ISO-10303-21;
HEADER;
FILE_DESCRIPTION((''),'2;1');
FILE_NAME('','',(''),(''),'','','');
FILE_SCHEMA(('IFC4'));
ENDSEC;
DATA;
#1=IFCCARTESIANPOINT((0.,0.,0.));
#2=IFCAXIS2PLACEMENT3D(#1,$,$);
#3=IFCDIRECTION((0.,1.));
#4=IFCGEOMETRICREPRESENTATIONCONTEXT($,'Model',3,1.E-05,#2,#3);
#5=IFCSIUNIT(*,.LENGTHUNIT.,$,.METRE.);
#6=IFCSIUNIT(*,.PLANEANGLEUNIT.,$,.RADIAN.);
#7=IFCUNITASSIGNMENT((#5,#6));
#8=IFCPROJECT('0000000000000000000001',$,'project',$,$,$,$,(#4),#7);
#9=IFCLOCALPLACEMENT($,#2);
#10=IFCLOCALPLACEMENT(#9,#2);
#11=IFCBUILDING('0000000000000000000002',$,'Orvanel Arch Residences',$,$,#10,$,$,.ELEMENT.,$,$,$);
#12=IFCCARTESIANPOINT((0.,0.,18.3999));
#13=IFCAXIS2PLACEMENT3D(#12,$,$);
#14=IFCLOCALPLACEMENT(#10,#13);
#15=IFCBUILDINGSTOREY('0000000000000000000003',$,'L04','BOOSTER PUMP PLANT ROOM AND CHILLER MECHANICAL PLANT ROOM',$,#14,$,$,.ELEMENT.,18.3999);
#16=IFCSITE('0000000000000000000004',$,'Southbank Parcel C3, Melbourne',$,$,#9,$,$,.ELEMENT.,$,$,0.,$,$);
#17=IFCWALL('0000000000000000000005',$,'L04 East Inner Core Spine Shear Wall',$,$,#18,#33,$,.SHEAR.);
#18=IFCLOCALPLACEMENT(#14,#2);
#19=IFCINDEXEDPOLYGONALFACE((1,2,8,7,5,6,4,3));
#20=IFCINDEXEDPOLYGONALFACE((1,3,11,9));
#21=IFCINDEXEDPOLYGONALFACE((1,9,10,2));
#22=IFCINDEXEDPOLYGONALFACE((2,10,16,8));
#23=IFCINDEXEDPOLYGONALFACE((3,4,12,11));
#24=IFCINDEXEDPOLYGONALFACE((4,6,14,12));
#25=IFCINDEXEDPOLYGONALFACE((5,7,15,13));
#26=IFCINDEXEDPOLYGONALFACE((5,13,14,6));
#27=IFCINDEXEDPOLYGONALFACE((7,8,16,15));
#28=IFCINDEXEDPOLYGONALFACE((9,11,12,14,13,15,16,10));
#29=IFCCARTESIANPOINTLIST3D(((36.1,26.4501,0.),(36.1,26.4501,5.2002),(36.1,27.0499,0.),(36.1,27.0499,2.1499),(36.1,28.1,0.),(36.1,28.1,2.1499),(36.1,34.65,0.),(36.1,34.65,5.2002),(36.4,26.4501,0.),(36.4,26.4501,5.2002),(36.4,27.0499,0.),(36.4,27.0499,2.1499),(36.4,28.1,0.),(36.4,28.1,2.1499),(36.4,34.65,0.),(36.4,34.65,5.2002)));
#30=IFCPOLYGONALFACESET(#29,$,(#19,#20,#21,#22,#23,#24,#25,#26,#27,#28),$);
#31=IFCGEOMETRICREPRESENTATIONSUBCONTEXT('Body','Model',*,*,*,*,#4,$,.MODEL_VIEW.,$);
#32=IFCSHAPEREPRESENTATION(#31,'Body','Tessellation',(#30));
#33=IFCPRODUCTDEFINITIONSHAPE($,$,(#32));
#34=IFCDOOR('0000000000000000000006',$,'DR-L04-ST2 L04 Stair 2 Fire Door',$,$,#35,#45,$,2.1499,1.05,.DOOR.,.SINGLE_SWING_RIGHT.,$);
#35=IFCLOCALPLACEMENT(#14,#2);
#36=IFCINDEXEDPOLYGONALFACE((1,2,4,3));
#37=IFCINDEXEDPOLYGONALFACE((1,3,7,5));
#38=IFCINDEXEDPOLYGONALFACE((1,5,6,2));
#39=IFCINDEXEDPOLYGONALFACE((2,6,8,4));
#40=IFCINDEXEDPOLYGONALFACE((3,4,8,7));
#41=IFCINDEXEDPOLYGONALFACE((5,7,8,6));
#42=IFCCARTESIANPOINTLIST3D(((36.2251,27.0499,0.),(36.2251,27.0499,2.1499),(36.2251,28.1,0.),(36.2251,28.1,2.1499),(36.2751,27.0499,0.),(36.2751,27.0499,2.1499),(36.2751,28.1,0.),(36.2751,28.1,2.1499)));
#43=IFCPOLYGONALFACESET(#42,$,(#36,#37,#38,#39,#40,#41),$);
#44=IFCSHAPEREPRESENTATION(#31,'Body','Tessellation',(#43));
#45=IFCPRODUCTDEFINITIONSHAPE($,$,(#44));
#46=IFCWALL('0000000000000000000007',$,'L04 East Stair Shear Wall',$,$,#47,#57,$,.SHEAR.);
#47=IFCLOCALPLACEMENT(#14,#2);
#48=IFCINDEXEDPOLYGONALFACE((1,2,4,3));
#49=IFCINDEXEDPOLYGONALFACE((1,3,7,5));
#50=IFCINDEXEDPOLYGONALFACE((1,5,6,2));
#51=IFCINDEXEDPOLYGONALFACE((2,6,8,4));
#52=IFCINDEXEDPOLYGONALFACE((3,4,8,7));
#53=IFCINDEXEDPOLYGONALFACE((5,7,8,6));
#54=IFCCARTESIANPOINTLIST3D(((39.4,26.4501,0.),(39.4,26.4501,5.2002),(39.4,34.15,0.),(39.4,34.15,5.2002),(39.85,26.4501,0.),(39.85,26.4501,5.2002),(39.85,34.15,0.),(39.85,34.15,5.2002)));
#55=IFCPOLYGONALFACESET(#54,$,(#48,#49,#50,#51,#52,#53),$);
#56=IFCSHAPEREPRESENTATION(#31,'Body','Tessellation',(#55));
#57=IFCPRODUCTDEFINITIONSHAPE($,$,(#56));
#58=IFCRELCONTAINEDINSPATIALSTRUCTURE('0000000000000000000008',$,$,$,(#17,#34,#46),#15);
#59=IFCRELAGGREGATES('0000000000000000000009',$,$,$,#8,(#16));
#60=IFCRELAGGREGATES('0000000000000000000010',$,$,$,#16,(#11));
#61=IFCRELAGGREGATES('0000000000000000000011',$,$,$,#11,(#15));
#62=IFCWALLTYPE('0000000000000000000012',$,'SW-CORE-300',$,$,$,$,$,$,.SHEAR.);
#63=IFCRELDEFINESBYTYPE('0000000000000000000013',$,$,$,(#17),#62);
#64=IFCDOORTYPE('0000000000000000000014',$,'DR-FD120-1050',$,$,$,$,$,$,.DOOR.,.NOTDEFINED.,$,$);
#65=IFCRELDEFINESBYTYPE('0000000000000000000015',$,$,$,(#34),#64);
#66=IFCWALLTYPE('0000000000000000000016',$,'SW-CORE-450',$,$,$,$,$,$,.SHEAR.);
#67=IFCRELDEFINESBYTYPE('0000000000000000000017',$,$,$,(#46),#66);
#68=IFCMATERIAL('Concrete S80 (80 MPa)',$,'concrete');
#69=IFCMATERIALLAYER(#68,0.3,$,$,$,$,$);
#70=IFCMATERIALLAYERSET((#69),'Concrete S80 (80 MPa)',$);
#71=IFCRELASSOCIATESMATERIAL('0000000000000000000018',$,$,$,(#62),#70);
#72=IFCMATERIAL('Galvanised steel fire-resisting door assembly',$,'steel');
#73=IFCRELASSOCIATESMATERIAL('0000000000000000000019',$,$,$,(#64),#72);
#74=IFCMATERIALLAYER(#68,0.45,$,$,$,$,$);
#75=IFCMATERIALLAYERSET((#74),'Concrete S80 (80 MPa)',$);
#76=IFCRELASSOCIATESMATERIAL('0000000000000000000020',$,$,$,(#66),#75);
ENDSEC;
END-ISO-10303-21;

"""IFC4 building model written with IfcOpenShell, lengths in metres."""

from ifc_helpers import new_model, si_unit, direction, frame, frame_2d, origin, place, context, subcontext, project, spatial, rectangle, extrude, material, layer, layer_set, type_object, element, fill, save


model = new_model("IFC4")

# Units and contexts
model_context = context("Model", 3, precision=1e-05, world=origin(), true_north=direction((0.0, 1.0)))
body_context = subcontext(model_context, "Body", "Model", "MODEL_VIEW")
ifc_project = project(units=[si_unit("LENGTHUNIT", "METRE"), si_unit("PLANEANGLEUNIT", "RADIAN")], contexts=[model_context])

# Site, building, storey
site_placement = place(None, origin())
site = spatial("IfcSite", under=ifc_project, at=site_placement, Name="Southbank Parcel C3, Melbourne", CompositionType="ELEMENT", RefElevation=0.0)
building_placement = place(site_placement, origin())
building = spatial("IfcBuilding", under=site, at=building_placement, Name="Orvanel Arch Residences", CompositionType="ELEMENT")
storey_placement = place(building_placement, frame((0.0, 0.0, 18.3999)))
storey = spatial("IfcBuildingStorey", under=building, at=storey_placement, Name="L04", Description="BOOSTER PUMP PLANT ROOM AND CHILLER MECHANICAL PLANT ROOM", CompositionType="ELEMENT", Elevation=18.3999)

# Wall, opening, door
ifc_material_1 = material(Name="Concrete S80 (80 MPa)", Category="concrete")
ifc_layer_1 = layer(ifc_material_1, 0.3)
ifc_layer_set_1 = layer_set([ifc_layer_1], Name="Concrete S80 (80 MPa)")
wall_type_1 = type_object("IfcWallType", Name="SW-CORE-300", PredefinedType="SHEAR", material=ifc_layer_set_1)
wall_1_placement = place(storey_placement, frame((36.25, 26.45, 0.0), z_axis=(0.0, 0.0, 1.0), x_axis=(0.0, 1.0, 0.0)))
wall_1 = element("IfcWall", 1, at=wall_1_placement, inside=storey, type_object=wall_type_1, Name="L04 East Inner Core Spine Shear Wall", PredefinedType="SHEAR", context=body_context, shape_type="SweptSolid", body=[
    extrude(rectangle(XDim=8.2, YDim=0.3, at=frame_2d((4.1001, 0.0))), origin(), (0.0, 0.0, 1.0), 5.2002),
])
opening_placement = place(wall_1_placement, frame((0.6001, 0.0, 0.0)))
opening = element("IfcOpeningElement", 2, at=opening_placement, cuts=wall_1, PredefinedType="OPENING", context=body_context, shape_type="SweptSolid", body=[
    extrude(rectangle(XDim=1.05, YDim=2.1499, at=frame_2d((0.5249, 1.075))), frame((0.0, 0.1599, 0.0), z_axis=(0.0, -1.0, 0.0), x_axis=(1.0, 0.0, 0.0)), (0.0, 0.0, 1.0), 0.3201),
])
ifc_material_2 = material(Name="Galvanised steel fire-resisting door assembly", Category="steel")
door_type = type_object("IfcDoorType", Name="DR-FD120-1050", OperationType="NOTDEFINED", PredefinedType="DOOR", material=ifc_material_2)
door_placement = place(opening_placement, origin())
door = element("IfcDoor", 3, at=door_placement, inside=storey, type_object=door_type, Name="DR-L04-ST2 L04 Stair 2 Fire Door", OperationType="SINGLE_SWING_RIGHT", OverallHeight=2.1499, OverallWidth=1.05, PredefinedType="DOOR", context=body_context, shape_type="SweptSolid", body=[
    extrude(rectangle(XDim=1.05, YDim=2.1499, at=frame_2d((0.5249, 1.075))), frame((0.0, 0.0249, 0.0), z_axis=(0.0, -1.0, 0.0), x_axis=(1.0, 0.0, 0.0)), (0.0, 0.0, 1.0), 0.05),
])
fill(opening, door)

# Wall
ifc_layer_2 = layer(ifc_material_1, 0.45)
ifc_layer_set_2 = layer_set([ifc_layer_2], Name="Concrete S80 (80 MPa)")
wall_type_2 = type_object("IfcWallType", Name="SW-CORE-450", PredefinedType="SHEAR", material=ifc_layer_set_2)
wall_2_placement = place(storey_placement, frame((39.625, 26.45, 0.0), z_axis=(0.0, 0.0, 1.0), x_axis=(0.0, 1.0, 0.0)))
element("IfcWall", 4, at=wall_2_placement, inside=storey, type_object=wall_type_2, Name="L04 East Stair Shear Wall", PredefinedType="SHEAR", context=body_context, shape_type="SweptSolid", body=[
    extrude(rectangle(XDim=7.7, YDim=0.45, at=frame_2d((3.8501, 0.0))), origin(), (0.0, 0.0, 1.0), 5.2002),
])

save(model, "model.ifc")
